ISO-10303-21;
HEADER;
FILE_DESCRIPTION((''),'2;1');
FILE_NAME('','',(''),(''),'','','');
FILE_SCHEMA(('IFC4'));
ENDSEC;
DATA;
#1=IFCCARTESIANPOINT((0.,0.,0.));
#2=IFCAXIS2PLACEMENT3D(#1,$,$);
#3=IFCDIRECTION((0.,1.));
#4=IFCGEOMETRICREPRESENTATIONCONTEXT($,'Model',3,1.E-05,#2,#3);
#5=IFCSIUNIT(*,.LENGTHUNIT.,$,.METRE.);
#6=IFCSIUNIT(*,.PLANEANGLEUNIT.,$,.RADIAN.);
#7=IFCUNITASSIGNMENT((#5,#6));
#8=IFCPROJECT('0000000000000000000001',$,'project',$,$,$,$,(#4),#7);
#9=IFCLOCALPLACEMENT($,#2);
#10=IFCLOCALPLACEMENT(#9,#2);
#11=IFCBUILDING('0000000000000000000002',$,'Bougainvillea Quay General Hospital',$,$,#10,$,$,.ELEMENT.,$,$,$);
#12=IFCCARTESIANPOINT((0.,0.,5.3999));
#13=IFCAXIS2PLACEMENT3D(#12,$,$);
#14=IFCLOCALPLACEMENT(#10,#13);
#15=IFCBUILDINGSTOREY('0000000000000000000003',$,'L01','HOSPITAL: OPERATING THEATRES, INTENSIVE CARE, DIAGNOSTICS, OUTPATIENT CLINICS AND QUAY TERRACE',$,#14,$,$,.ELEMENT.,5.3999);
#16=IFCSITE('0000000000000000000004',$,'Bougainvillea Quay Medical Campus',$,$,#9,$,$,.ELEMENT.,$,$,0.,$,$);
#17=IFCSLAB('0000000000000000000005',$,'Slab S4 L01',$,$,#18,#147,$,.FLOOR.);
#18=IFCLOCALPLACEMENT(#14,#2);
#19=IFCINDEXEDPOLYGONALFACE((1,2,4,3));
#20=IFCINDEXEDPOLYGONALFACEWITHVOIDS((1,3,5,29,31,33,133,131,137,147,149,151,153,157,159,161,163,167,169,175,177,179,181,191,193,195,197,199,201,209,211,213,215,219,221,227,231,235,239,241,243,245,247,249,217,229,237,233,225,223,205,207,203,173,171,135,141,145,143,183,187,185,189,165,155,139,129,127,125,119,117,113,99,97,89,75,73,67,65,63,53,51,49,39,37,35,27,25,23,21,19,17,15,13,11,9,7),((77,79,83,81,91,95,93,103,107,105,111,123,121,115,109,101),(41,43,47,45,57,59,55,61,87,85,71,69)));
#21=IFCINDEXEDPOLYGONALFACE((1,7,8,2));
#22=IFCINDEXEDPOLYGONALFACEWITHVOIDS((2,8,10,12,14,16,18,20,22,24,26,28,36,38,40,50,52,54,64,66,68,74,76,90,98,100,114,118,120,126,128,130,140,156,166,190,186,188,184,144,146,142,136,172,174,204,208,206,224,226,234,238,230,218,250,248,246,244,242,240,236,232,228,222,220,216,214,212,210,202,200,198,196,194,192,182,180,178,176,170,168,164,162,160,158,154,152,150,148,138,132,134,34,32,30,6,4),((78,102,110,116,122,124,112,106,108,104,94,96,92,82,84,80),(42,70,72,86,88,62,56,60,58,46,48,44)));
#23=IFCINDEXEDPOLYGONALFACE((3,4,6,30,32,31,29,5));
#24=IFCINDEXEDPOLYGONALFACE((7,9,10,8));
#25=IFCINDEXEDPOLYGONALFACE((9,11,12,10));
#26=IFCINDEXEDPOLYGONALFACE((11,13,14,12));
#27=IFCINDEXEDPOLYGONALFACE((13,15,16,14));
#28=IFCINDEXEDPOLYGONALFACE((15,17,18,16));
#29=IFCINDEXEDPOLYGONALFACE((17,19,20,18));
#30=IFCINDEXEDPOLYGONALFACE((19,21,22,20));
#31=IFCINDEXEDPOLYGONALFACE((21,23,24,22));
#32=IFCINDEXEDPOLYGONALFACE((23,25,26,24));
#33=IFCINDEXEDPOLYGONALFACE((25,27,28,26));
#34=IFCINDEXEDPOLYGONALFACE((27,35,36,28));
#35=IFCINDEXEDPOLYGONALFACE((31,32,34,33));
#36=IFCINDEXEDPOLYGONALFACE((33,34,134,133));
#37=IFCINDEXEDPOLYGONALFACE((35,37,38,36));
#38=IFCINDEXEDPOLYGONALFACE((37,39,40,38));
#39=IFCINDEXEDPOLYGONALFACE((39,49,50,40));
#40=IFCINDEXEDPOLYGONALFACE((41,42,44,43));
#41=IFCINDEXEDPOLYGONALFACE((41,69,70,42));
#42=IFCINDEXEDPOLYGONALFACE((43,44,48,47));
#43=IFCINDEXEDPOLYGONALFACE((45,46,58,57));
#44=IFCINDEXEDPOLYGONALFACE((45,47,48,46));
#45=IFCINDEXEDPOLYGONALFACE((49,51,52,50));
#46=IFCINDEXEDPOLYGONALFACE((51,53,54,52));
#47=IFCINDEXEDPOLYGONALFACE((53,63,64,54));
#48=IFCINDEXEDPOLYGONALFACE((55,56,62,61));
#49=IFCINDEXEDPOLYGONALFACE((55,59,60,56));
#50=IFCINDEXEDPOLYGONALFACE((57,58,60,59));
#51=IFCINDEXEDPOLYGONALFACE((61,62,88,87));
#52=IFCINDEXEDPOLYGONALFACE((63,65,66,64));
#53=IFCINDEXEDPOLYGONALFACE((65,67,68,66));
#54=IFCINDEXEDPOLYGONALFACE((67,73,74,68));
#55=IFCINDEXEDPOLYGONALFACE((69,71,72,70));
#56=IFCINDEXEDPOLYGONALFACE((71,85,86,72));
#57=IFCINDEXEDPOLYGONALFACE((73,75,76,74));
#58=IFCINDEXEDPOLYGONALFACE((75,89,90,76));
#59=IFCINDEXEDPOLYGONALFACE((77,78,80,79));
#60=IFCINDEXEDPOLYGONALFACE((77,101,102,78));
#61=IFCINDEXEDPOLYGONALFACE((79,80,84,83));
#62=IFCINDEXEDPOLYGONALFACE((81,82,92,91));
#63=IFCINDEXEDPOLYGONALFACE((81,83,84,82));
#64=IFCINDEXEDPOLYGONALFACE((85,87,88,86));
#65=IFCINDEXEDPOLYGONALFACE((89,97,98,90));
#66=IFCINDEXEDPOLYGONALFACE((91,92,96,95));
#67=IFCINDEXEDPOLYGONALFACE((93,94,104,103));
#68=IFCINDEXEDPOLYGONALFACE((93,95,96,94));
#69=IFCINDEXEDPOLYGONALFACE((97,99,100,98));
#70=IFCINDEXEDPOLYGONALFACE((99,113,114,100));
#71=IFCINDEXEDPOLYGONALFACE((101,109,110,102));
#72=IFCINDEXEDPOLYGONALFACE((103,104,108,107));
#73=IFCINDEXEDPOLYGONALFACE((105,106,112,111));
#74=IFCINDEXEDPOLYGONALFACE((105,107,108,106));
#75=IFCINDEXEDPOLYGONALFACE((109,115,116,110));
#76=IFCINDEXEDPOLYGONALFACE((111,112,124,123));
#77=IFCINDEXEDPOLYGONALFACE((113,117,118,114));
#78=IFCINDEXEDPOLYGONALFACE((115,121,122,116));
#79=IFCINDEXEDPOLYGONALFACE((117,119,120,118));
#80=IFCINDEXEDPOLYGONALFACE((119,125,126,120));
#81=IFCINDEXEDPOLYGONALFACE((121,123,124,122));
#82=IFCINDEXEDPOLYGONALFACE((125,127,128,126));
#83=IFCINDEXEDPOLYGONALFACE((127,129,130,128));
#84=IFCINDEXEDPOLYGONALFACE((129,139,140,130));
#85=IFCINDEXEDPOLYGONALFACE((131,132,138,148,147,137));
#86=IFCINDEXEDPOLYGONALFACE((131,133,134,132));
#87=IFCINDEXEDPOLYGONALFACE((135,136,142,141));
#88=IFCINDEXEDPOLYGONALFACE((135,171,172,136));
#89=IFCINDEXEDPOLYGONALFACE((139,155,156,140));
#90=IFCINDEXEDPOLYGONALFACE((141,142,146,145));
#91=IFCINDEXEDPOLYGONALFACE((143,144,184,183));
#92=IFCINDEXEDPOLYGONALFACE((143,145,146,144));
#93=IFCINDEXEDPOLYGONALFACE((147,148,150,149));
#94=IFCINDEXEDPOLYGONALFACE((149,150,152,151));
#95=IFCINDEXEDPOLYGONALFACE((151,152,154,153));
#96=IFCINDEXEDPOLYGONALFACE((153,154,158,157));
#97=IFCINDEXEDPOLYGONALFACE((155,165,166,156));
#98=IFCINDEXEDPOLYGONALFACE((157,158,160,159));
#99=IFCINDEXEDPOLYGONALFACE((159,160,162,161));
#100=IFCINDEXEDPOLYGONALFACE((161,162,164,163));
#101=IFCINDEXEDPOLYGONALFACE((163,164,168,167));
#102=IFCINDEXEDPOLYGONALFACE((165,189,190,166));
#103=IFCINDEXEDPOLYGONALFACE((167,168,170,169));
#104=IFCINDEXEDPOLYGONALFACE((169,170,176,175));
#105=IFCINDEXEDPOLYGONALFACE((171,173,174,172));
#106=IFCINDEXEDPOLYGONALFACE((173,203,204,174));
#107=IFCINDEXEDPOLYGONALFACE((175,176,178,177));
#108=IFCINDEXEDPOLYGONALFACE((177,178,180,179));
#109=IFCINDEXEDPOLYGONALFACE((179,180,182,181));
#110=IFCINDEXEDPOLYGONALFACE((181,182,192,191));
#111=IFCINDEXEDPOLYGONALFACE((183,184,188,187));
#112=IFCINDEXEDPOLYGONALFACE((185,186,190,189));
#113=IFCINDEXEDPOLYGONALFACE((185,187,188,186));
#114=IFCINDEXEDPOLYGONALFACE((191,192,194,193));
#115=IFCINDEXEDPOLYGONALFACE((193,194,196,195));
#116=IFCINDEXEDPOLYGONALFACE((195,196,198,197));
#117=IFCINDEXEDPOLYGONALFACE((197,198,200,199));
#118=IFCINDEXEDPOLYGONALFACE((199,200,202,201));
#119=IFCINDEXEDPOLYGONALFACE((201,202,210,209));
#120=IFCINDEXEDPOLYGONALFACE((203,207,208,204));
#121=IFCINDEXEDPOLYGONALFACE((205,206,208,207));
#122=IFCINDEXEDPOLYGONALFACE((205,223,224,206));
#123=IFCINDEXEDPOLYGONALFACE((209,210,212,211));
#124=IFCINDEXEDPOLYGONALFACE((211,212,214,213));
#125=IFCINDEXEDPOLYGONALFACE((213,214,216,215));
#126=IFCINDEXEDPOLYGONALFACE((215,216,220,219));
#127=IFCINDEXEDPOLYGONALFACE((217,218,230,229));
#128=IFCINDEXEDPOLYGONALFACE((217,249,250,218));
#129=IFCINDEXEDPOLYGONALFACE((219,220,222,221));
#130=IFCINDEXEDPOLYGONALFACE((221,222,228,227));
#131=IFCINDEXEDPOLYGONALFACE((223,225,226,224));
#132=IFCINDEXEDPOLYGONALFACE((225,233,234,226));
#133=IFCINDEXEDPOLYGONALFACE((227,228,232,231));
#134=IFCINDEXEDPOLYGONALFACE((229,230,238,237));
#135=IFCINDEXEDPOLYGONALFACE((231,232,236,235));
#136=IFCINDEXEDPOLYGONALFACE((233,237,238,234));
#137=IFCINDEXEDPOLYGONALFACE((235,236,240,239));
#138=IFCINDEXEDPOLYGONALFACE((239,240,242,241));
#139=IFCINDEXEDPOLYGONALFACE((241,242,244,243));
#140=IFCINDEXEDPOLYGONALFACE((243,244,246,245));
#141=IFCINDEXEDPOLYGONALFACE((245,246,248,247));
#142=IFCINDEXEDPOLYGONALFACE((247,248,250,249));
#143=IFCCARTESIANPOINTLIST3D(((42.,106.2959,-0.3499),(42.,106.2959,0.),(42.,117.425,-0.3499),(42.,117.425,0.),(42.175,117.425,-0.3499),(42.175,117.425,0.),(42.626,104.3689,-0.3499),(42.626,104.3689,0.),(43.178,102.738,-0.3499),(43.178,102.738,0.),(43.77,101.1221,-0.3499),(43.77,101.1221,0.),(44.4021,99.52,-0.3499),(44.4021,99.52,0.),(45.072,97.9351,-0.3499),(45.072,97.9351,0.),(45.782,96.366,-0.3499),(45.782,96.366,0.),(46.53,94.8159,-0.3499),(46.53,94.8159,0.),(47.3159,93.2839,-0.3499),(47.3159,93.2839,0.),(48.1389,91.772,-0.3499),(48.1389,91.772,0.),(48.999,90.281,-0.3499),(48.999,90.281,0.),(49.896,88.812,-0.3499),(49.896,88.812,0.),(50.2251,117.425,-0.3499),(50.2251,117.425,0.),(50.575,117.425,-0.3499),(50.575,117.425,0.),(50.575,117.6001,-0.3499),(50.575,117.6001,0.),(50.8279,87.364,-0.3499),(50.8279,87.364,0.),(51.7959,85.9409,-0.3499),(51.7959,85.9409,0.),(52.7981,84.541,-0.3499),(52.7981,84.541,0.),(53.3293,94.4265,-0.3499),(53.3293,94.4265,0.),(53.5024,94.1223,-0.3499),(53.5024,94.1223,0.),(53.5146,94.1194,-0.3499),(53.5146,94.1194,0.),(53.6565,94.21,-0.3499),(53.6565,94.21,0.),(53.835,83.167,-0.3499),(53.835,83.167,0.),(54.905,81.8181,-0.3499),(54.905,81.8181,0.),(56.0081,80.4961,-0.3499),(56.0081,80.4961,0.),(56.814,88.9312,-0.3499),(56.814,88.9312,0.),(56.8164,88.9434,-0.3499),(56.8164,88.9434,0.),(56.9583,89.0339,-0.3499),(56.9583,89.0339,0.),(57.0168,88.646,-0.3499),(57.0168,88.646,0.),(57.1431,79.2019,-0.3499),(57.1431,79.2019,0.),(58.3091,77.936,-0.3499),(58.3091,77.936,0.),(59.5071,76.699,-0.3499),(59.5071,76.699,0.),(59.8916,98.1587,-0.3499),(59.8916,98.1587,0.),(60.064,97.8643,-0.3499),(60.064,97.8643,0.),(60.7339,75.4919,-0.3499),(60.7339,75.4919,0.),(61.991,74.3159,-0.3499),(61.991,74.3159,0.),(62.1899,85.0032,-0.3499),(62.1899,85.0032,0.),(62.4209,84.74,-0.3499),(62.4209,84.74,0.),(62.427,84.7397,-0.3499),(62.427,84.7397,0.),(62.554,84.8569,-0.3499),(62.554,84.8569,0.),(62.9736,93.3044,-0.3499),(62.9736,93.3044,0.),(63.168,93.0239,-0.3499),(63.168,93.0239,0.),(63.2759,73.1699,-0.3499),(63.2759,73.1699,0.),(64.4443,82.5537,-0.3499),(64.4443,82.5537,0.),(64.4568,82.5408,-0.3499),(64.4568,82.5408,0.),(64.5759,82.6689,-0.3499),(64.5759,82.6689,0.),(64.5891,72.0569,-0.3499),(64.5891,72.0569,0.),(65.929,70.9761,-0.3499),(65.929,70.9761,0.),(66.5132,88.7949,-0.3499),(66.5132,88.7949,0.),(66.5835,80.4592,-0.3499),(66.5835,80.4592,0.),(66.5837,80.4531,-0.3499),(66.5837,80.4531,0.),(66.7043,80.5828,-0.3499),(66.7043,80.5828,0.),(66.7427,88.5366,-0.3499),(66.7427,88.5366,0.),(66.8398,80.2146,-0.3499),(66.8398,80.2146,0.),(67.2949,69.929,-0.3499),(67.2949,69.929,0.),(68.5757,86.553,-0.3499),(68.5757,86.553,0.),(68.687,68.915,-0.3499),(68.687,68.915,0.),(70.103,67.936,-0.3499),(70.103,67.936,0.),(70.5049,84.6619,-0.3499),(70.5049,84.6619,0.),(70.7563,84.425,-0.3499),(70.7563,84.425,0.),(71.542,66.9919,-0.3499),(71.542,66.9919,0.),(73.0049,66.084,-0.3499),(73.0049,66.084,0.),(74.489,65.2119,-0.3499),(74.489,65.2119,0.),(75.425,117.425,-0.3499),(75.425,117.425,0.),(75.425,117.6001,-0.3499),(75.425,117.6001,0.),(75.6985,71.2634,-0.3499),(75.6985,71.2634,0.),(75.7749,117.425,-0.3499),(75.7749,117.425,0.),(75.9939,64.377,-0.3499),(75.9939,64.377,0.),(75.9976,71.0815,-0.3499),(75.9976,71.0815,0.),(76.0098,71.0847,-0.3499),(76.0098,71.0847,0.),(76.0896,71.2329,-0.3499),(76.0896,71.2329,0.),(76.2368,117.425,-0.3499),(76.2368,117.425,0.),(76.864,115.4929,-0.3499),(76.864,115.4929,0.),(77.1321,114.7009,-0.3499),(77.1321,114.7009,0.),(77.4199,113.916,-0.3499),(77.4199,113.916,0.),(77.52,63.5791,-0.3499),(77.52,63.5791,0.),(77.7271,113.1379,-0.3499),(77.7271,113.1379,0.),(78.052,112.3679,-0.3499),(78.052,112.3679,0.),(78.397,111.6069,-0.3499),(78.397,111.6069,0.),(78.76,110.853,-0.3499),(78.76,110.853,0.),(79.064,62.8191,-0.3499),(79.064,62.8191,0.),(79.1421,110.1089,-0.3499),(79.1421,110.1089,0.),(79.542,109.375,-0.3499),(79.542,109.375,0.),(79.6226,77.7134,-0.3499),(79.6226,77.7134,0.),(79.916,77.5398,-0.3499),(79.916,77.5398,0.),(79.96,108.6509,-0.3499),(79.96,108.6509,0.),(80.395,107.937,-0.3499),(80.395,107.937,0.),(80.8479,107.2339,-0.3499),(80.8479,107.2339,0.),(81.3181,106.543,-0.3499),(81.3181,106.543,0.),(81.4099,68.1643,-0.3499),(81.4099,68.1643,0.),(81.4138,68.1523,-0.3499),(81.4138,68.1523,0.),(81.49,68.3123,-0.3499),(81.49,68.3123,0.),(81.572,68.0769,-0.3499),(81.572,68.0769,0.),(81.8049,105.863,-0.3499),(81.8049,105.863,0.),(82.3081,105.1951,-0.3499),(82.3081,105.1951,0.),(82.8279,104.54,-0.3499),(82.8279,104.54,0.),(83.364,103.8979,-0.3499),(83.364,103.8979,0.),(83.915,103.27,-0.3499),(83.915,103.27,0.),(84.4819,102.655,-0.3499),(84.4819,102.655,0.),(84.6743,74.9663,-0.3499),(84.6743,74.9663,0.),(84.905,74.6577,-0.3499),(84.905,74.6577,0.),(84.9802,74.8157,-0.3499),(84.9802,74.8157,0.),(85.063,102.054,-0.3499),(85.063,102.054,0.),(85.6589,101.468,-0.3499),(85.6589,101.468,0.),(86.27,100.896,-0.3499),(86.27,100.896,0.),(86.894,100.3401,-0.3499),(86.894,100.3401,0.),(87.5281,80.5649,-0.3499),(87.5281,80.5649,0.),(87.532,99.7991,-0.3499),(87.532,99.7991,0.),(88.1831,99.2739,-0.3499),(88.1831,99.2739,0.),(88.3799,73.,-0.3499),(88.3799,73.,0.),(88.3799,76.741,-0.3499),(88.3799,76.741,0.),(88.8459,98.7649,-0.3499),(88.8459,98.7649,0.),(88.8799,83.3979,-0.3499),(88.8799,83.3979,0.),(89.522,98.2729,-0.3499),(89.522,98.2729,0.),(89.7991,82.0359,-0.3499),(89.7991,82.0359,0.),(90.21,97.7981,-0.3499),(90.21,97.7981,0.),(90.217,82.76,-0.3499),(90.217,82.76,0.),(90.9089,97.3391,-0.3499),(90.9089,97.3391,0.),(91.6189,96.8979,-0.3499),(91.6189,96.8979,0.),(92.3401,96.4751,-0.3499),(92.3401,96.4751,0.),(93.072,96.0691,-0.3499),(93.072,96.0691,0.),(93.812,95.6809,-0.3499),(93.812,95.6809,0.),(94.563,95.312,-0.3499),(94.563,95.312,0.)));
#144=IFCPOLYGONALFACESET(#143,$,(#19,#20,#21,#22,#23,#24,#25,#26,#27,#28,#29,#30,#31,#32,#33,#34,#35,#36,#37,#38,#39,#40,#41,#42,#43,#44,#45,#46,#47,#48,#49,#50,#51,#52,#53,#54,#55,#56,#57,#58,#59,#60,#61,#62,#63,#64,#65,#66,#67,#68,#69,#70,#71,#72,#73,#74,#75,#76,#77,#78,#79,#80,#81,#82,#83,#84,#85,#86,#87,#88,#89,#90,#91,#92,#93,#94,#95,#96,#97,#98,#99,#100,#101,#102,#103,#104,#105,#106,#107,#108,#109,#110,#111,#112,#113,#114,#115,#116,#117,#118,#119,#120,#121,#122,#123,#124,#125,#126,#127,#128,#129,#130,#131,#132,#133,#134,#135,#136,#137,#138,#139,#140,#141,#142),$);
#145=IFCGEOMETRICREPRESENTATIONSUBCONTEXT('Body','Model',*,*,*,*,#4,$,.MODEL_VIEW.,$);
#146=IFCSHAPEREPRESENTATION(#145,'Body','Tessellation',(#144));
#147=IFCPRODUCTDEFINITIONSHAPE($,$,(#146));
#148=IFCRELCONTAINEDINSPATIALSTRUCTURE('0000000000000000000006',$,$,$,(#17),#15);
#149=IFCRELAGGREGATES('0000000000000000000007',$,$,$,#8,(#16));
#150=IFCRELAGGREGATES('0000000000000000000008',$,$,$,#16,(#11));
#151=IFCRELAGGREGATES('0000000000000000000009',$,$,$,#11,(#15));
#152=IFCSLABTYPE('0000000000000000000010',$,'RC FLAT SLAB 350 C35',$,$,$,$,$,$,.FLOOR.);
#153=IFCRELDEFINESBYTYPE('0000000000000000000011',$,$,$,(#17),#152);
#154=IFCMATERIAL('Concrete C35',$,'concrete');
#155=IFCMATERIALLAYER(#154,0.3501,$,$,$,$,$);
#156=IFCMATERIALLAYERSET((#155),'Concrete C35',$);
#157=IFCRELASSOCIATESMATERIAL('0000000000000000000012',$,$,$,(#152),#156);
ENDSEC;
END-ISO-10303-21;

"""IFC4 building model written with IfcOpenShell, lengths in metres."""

from ifc_helpers import new_model, si_unit, direction, frame, origin, place, context, subcontext, project, spatial, polyline, outline, extrude, material, layer, layer_set, type_object, element, save


model = new_model("IFC4")

# Units and contexts
model_context = context("Model", 3, precision=1e-05, world=origin(), true_north=direction((0.0, 1.0)))
body_context = subcontext(model_context, "Body", "Model", "MODEL_VIEW")
ifc_project = project(units=[si_unit("LENGTHUNIT", "METRE"), si_unit("PLANEANGLEUNIT", "RADIAN")], contexts=[model_context])

# Site, building, storey
site_placement = place(None, origin())
site = spatial("IfcSite", under=ifc_project, at=site_placement, Name="Bougainvillea Quay Medical Campus", CompositionType="ELEMENT", RefElevation=0.0)
building_placement = place(site_placement, origin())
building = spatial("IfcBuilding", under=site, at=building_placement, Name="Bougainvillea Quay General Hospital", CompositionType="ELEMENT")
storey_placement = place(building_placement, frame((0.0, 0.0, 5.3999)))
storey = spatial("IfcBuildingStorey", under=building, at=storey_placement, Name="L01", Description="HOSPITAL: OPERATING THEATRES, INTENSIVE CARE, DIAGNOSTICS, OUTPATIENT CLINICS AND QUAY TERRACE", CompositionType="ELEMENT", Elevation=5.3999)

# Slab
ifc_material_1 = material(Name="Concrete C35", Category="concrete")
ifc_layer_1 = layer(ifc_material_1, 0.3501)
ifc_layer_set_1 = layer_set([ifc_layer_1], Name="Concrete C35")
slab_type_1 = type_object("IfcSlabType", Name="RC FLAT SLAB 350 C35", PredefinedType="FLOOR", material=ifc_layer_set_1)
slab_1_placement = place(storey_placement, frame((0.0, 0.0, -0.3499)))
element("IfcSlab", 1, at=slab_1_placement, inside=storey, type_object=slab_type_1, Name="Slab S4 L01", PredefinedType="FLOOR", context=body_context, shape_type="SweptSolid", body=[
    extrude(outline(polyline([(68.687, 68.915), (70.103, 67.936), (71.542, 66.9919), (73.0049, 66.084), (74.489, 65.2119), (75.9939, 64.377), (77.52, 63.5791), (79.064, 62.8191), (81.572, 68.0769), (81.4138, 68.1523), (81.49, 68.3123), (81.4099, 68.1643), (76.0098, 71.0847), (76.0896, 71.2329), (75.9976, 71.0815), (75.6985, 71.2634), (79.6226, 77.7134), (79.916, 77.5398), (84.6743, 74.9663), (84.9802, 74.8157), (84.905, 74.6577), (88.3799, 73.0), (88.3799, 76.741), (89.7991, 82.0359), (90.217, 82.76), (88.8799, 83.3979), (87.5281, 80.5649), (94.563, 95.312), (93.812, 95.6809), (93.072, 96.0691), (92.3401, 96.4751), (91.6189, 96.8979), (90.9089, 97.3391), (90.21, 97.7981), (89.522, 98.2729), (88.8459, 98.7649), (88.1831, 99.2739), (87.532, 99.7991), (86.894, 100.3401), (86.27, 100.896), (85.6589, 101.468), (85.063, 102.054), (84.4819, 102.655), (83.915, 103.27), (83.364, 103.8979), (82.8279, 104.54), (82.3081, 105.1951), (81.8049, 105.863), (81.3181, 106.543), (80.8479, 107.2339), (80.395, 107.937), (79.96, 108.6509), (79.542, 109.375), (79.1421, 110.1089), (78.76, 110.853), (78.397, 111.6069), (78.052, 112.3679), (77.7271, 113.1379), (77.4199, 113.916), (77.1321, 114.7009), (76.864, 115.4929), (76.2368, 117.425), (75.7749, 117.425), (75.425, 117.425), (75.425, 117.6001), (50.575, 117.6001), (50.575, 117.425), (50.2251, 117.425), (42.175, 117.425), (42.0, 117.425), (42.0, 106.2959), (42.626, 104.3689), (43.178, 102.738), (43.77, 101.1221), (44.4021, 99.52), (45.072, 97.9351), (45.782, 96.366), (46.53, 94.8159), (47.3159, 93.2839), (48.1389, 91.772), (48.999, 90.281), (49.896, 88.812), (50.8279, 87.364), (51.7959, 85.9409), (52.7981, 84.541), (53.835, 83.167), (54.905, 81.8181), (56.0081, 80.4961), (57.1431, 79.2019), (58.3091, 77.936), (59.5071, 76.699), (60.7339, 75.4919), (61.991, 74.3159), (63.2759, 73.1699), (64.5891, 72.0569), (65.929, 70.9761), (67.2949, 69.929), (68.687, 68.915)]), holes=[polyline([(62.554, 84.8569), (62.4209, 84.74), (62.1899, 85.0032), (66.5132, 88.7949), (66.7427, 88.5366), (68.5757, 86.553), (70.5049, 84.6619), (70.7563, 84.425), (66.8398, 80.2146), (66.5837, 80.4531), (66.7043, 80.5828), (66.5835, 80.4592), (64.4568, 82.5408), (64.5759, 82.6689), (64.4443, 82.5537), (62.427, 84.7397), (62.554, 84.8569)]), polyline([(53.5146, 94.1194), (53.6565, 94.21), (53.5024, 94.1223), (53.3293, 94.4265), (59.8916, 98.1587), (60.064, 97.8643), (62.9736, 93.3044), (63.168, 93.0239), (57.0168, 88.646), (56.814, 88.9312), (56.9583, 89.0339), (56.8164, 88.9434), (53.5146, 94.1194)])]), origin(), (0.0, 0.0, 1.0), 0.3499),
])

save(model, "model.ifc")
